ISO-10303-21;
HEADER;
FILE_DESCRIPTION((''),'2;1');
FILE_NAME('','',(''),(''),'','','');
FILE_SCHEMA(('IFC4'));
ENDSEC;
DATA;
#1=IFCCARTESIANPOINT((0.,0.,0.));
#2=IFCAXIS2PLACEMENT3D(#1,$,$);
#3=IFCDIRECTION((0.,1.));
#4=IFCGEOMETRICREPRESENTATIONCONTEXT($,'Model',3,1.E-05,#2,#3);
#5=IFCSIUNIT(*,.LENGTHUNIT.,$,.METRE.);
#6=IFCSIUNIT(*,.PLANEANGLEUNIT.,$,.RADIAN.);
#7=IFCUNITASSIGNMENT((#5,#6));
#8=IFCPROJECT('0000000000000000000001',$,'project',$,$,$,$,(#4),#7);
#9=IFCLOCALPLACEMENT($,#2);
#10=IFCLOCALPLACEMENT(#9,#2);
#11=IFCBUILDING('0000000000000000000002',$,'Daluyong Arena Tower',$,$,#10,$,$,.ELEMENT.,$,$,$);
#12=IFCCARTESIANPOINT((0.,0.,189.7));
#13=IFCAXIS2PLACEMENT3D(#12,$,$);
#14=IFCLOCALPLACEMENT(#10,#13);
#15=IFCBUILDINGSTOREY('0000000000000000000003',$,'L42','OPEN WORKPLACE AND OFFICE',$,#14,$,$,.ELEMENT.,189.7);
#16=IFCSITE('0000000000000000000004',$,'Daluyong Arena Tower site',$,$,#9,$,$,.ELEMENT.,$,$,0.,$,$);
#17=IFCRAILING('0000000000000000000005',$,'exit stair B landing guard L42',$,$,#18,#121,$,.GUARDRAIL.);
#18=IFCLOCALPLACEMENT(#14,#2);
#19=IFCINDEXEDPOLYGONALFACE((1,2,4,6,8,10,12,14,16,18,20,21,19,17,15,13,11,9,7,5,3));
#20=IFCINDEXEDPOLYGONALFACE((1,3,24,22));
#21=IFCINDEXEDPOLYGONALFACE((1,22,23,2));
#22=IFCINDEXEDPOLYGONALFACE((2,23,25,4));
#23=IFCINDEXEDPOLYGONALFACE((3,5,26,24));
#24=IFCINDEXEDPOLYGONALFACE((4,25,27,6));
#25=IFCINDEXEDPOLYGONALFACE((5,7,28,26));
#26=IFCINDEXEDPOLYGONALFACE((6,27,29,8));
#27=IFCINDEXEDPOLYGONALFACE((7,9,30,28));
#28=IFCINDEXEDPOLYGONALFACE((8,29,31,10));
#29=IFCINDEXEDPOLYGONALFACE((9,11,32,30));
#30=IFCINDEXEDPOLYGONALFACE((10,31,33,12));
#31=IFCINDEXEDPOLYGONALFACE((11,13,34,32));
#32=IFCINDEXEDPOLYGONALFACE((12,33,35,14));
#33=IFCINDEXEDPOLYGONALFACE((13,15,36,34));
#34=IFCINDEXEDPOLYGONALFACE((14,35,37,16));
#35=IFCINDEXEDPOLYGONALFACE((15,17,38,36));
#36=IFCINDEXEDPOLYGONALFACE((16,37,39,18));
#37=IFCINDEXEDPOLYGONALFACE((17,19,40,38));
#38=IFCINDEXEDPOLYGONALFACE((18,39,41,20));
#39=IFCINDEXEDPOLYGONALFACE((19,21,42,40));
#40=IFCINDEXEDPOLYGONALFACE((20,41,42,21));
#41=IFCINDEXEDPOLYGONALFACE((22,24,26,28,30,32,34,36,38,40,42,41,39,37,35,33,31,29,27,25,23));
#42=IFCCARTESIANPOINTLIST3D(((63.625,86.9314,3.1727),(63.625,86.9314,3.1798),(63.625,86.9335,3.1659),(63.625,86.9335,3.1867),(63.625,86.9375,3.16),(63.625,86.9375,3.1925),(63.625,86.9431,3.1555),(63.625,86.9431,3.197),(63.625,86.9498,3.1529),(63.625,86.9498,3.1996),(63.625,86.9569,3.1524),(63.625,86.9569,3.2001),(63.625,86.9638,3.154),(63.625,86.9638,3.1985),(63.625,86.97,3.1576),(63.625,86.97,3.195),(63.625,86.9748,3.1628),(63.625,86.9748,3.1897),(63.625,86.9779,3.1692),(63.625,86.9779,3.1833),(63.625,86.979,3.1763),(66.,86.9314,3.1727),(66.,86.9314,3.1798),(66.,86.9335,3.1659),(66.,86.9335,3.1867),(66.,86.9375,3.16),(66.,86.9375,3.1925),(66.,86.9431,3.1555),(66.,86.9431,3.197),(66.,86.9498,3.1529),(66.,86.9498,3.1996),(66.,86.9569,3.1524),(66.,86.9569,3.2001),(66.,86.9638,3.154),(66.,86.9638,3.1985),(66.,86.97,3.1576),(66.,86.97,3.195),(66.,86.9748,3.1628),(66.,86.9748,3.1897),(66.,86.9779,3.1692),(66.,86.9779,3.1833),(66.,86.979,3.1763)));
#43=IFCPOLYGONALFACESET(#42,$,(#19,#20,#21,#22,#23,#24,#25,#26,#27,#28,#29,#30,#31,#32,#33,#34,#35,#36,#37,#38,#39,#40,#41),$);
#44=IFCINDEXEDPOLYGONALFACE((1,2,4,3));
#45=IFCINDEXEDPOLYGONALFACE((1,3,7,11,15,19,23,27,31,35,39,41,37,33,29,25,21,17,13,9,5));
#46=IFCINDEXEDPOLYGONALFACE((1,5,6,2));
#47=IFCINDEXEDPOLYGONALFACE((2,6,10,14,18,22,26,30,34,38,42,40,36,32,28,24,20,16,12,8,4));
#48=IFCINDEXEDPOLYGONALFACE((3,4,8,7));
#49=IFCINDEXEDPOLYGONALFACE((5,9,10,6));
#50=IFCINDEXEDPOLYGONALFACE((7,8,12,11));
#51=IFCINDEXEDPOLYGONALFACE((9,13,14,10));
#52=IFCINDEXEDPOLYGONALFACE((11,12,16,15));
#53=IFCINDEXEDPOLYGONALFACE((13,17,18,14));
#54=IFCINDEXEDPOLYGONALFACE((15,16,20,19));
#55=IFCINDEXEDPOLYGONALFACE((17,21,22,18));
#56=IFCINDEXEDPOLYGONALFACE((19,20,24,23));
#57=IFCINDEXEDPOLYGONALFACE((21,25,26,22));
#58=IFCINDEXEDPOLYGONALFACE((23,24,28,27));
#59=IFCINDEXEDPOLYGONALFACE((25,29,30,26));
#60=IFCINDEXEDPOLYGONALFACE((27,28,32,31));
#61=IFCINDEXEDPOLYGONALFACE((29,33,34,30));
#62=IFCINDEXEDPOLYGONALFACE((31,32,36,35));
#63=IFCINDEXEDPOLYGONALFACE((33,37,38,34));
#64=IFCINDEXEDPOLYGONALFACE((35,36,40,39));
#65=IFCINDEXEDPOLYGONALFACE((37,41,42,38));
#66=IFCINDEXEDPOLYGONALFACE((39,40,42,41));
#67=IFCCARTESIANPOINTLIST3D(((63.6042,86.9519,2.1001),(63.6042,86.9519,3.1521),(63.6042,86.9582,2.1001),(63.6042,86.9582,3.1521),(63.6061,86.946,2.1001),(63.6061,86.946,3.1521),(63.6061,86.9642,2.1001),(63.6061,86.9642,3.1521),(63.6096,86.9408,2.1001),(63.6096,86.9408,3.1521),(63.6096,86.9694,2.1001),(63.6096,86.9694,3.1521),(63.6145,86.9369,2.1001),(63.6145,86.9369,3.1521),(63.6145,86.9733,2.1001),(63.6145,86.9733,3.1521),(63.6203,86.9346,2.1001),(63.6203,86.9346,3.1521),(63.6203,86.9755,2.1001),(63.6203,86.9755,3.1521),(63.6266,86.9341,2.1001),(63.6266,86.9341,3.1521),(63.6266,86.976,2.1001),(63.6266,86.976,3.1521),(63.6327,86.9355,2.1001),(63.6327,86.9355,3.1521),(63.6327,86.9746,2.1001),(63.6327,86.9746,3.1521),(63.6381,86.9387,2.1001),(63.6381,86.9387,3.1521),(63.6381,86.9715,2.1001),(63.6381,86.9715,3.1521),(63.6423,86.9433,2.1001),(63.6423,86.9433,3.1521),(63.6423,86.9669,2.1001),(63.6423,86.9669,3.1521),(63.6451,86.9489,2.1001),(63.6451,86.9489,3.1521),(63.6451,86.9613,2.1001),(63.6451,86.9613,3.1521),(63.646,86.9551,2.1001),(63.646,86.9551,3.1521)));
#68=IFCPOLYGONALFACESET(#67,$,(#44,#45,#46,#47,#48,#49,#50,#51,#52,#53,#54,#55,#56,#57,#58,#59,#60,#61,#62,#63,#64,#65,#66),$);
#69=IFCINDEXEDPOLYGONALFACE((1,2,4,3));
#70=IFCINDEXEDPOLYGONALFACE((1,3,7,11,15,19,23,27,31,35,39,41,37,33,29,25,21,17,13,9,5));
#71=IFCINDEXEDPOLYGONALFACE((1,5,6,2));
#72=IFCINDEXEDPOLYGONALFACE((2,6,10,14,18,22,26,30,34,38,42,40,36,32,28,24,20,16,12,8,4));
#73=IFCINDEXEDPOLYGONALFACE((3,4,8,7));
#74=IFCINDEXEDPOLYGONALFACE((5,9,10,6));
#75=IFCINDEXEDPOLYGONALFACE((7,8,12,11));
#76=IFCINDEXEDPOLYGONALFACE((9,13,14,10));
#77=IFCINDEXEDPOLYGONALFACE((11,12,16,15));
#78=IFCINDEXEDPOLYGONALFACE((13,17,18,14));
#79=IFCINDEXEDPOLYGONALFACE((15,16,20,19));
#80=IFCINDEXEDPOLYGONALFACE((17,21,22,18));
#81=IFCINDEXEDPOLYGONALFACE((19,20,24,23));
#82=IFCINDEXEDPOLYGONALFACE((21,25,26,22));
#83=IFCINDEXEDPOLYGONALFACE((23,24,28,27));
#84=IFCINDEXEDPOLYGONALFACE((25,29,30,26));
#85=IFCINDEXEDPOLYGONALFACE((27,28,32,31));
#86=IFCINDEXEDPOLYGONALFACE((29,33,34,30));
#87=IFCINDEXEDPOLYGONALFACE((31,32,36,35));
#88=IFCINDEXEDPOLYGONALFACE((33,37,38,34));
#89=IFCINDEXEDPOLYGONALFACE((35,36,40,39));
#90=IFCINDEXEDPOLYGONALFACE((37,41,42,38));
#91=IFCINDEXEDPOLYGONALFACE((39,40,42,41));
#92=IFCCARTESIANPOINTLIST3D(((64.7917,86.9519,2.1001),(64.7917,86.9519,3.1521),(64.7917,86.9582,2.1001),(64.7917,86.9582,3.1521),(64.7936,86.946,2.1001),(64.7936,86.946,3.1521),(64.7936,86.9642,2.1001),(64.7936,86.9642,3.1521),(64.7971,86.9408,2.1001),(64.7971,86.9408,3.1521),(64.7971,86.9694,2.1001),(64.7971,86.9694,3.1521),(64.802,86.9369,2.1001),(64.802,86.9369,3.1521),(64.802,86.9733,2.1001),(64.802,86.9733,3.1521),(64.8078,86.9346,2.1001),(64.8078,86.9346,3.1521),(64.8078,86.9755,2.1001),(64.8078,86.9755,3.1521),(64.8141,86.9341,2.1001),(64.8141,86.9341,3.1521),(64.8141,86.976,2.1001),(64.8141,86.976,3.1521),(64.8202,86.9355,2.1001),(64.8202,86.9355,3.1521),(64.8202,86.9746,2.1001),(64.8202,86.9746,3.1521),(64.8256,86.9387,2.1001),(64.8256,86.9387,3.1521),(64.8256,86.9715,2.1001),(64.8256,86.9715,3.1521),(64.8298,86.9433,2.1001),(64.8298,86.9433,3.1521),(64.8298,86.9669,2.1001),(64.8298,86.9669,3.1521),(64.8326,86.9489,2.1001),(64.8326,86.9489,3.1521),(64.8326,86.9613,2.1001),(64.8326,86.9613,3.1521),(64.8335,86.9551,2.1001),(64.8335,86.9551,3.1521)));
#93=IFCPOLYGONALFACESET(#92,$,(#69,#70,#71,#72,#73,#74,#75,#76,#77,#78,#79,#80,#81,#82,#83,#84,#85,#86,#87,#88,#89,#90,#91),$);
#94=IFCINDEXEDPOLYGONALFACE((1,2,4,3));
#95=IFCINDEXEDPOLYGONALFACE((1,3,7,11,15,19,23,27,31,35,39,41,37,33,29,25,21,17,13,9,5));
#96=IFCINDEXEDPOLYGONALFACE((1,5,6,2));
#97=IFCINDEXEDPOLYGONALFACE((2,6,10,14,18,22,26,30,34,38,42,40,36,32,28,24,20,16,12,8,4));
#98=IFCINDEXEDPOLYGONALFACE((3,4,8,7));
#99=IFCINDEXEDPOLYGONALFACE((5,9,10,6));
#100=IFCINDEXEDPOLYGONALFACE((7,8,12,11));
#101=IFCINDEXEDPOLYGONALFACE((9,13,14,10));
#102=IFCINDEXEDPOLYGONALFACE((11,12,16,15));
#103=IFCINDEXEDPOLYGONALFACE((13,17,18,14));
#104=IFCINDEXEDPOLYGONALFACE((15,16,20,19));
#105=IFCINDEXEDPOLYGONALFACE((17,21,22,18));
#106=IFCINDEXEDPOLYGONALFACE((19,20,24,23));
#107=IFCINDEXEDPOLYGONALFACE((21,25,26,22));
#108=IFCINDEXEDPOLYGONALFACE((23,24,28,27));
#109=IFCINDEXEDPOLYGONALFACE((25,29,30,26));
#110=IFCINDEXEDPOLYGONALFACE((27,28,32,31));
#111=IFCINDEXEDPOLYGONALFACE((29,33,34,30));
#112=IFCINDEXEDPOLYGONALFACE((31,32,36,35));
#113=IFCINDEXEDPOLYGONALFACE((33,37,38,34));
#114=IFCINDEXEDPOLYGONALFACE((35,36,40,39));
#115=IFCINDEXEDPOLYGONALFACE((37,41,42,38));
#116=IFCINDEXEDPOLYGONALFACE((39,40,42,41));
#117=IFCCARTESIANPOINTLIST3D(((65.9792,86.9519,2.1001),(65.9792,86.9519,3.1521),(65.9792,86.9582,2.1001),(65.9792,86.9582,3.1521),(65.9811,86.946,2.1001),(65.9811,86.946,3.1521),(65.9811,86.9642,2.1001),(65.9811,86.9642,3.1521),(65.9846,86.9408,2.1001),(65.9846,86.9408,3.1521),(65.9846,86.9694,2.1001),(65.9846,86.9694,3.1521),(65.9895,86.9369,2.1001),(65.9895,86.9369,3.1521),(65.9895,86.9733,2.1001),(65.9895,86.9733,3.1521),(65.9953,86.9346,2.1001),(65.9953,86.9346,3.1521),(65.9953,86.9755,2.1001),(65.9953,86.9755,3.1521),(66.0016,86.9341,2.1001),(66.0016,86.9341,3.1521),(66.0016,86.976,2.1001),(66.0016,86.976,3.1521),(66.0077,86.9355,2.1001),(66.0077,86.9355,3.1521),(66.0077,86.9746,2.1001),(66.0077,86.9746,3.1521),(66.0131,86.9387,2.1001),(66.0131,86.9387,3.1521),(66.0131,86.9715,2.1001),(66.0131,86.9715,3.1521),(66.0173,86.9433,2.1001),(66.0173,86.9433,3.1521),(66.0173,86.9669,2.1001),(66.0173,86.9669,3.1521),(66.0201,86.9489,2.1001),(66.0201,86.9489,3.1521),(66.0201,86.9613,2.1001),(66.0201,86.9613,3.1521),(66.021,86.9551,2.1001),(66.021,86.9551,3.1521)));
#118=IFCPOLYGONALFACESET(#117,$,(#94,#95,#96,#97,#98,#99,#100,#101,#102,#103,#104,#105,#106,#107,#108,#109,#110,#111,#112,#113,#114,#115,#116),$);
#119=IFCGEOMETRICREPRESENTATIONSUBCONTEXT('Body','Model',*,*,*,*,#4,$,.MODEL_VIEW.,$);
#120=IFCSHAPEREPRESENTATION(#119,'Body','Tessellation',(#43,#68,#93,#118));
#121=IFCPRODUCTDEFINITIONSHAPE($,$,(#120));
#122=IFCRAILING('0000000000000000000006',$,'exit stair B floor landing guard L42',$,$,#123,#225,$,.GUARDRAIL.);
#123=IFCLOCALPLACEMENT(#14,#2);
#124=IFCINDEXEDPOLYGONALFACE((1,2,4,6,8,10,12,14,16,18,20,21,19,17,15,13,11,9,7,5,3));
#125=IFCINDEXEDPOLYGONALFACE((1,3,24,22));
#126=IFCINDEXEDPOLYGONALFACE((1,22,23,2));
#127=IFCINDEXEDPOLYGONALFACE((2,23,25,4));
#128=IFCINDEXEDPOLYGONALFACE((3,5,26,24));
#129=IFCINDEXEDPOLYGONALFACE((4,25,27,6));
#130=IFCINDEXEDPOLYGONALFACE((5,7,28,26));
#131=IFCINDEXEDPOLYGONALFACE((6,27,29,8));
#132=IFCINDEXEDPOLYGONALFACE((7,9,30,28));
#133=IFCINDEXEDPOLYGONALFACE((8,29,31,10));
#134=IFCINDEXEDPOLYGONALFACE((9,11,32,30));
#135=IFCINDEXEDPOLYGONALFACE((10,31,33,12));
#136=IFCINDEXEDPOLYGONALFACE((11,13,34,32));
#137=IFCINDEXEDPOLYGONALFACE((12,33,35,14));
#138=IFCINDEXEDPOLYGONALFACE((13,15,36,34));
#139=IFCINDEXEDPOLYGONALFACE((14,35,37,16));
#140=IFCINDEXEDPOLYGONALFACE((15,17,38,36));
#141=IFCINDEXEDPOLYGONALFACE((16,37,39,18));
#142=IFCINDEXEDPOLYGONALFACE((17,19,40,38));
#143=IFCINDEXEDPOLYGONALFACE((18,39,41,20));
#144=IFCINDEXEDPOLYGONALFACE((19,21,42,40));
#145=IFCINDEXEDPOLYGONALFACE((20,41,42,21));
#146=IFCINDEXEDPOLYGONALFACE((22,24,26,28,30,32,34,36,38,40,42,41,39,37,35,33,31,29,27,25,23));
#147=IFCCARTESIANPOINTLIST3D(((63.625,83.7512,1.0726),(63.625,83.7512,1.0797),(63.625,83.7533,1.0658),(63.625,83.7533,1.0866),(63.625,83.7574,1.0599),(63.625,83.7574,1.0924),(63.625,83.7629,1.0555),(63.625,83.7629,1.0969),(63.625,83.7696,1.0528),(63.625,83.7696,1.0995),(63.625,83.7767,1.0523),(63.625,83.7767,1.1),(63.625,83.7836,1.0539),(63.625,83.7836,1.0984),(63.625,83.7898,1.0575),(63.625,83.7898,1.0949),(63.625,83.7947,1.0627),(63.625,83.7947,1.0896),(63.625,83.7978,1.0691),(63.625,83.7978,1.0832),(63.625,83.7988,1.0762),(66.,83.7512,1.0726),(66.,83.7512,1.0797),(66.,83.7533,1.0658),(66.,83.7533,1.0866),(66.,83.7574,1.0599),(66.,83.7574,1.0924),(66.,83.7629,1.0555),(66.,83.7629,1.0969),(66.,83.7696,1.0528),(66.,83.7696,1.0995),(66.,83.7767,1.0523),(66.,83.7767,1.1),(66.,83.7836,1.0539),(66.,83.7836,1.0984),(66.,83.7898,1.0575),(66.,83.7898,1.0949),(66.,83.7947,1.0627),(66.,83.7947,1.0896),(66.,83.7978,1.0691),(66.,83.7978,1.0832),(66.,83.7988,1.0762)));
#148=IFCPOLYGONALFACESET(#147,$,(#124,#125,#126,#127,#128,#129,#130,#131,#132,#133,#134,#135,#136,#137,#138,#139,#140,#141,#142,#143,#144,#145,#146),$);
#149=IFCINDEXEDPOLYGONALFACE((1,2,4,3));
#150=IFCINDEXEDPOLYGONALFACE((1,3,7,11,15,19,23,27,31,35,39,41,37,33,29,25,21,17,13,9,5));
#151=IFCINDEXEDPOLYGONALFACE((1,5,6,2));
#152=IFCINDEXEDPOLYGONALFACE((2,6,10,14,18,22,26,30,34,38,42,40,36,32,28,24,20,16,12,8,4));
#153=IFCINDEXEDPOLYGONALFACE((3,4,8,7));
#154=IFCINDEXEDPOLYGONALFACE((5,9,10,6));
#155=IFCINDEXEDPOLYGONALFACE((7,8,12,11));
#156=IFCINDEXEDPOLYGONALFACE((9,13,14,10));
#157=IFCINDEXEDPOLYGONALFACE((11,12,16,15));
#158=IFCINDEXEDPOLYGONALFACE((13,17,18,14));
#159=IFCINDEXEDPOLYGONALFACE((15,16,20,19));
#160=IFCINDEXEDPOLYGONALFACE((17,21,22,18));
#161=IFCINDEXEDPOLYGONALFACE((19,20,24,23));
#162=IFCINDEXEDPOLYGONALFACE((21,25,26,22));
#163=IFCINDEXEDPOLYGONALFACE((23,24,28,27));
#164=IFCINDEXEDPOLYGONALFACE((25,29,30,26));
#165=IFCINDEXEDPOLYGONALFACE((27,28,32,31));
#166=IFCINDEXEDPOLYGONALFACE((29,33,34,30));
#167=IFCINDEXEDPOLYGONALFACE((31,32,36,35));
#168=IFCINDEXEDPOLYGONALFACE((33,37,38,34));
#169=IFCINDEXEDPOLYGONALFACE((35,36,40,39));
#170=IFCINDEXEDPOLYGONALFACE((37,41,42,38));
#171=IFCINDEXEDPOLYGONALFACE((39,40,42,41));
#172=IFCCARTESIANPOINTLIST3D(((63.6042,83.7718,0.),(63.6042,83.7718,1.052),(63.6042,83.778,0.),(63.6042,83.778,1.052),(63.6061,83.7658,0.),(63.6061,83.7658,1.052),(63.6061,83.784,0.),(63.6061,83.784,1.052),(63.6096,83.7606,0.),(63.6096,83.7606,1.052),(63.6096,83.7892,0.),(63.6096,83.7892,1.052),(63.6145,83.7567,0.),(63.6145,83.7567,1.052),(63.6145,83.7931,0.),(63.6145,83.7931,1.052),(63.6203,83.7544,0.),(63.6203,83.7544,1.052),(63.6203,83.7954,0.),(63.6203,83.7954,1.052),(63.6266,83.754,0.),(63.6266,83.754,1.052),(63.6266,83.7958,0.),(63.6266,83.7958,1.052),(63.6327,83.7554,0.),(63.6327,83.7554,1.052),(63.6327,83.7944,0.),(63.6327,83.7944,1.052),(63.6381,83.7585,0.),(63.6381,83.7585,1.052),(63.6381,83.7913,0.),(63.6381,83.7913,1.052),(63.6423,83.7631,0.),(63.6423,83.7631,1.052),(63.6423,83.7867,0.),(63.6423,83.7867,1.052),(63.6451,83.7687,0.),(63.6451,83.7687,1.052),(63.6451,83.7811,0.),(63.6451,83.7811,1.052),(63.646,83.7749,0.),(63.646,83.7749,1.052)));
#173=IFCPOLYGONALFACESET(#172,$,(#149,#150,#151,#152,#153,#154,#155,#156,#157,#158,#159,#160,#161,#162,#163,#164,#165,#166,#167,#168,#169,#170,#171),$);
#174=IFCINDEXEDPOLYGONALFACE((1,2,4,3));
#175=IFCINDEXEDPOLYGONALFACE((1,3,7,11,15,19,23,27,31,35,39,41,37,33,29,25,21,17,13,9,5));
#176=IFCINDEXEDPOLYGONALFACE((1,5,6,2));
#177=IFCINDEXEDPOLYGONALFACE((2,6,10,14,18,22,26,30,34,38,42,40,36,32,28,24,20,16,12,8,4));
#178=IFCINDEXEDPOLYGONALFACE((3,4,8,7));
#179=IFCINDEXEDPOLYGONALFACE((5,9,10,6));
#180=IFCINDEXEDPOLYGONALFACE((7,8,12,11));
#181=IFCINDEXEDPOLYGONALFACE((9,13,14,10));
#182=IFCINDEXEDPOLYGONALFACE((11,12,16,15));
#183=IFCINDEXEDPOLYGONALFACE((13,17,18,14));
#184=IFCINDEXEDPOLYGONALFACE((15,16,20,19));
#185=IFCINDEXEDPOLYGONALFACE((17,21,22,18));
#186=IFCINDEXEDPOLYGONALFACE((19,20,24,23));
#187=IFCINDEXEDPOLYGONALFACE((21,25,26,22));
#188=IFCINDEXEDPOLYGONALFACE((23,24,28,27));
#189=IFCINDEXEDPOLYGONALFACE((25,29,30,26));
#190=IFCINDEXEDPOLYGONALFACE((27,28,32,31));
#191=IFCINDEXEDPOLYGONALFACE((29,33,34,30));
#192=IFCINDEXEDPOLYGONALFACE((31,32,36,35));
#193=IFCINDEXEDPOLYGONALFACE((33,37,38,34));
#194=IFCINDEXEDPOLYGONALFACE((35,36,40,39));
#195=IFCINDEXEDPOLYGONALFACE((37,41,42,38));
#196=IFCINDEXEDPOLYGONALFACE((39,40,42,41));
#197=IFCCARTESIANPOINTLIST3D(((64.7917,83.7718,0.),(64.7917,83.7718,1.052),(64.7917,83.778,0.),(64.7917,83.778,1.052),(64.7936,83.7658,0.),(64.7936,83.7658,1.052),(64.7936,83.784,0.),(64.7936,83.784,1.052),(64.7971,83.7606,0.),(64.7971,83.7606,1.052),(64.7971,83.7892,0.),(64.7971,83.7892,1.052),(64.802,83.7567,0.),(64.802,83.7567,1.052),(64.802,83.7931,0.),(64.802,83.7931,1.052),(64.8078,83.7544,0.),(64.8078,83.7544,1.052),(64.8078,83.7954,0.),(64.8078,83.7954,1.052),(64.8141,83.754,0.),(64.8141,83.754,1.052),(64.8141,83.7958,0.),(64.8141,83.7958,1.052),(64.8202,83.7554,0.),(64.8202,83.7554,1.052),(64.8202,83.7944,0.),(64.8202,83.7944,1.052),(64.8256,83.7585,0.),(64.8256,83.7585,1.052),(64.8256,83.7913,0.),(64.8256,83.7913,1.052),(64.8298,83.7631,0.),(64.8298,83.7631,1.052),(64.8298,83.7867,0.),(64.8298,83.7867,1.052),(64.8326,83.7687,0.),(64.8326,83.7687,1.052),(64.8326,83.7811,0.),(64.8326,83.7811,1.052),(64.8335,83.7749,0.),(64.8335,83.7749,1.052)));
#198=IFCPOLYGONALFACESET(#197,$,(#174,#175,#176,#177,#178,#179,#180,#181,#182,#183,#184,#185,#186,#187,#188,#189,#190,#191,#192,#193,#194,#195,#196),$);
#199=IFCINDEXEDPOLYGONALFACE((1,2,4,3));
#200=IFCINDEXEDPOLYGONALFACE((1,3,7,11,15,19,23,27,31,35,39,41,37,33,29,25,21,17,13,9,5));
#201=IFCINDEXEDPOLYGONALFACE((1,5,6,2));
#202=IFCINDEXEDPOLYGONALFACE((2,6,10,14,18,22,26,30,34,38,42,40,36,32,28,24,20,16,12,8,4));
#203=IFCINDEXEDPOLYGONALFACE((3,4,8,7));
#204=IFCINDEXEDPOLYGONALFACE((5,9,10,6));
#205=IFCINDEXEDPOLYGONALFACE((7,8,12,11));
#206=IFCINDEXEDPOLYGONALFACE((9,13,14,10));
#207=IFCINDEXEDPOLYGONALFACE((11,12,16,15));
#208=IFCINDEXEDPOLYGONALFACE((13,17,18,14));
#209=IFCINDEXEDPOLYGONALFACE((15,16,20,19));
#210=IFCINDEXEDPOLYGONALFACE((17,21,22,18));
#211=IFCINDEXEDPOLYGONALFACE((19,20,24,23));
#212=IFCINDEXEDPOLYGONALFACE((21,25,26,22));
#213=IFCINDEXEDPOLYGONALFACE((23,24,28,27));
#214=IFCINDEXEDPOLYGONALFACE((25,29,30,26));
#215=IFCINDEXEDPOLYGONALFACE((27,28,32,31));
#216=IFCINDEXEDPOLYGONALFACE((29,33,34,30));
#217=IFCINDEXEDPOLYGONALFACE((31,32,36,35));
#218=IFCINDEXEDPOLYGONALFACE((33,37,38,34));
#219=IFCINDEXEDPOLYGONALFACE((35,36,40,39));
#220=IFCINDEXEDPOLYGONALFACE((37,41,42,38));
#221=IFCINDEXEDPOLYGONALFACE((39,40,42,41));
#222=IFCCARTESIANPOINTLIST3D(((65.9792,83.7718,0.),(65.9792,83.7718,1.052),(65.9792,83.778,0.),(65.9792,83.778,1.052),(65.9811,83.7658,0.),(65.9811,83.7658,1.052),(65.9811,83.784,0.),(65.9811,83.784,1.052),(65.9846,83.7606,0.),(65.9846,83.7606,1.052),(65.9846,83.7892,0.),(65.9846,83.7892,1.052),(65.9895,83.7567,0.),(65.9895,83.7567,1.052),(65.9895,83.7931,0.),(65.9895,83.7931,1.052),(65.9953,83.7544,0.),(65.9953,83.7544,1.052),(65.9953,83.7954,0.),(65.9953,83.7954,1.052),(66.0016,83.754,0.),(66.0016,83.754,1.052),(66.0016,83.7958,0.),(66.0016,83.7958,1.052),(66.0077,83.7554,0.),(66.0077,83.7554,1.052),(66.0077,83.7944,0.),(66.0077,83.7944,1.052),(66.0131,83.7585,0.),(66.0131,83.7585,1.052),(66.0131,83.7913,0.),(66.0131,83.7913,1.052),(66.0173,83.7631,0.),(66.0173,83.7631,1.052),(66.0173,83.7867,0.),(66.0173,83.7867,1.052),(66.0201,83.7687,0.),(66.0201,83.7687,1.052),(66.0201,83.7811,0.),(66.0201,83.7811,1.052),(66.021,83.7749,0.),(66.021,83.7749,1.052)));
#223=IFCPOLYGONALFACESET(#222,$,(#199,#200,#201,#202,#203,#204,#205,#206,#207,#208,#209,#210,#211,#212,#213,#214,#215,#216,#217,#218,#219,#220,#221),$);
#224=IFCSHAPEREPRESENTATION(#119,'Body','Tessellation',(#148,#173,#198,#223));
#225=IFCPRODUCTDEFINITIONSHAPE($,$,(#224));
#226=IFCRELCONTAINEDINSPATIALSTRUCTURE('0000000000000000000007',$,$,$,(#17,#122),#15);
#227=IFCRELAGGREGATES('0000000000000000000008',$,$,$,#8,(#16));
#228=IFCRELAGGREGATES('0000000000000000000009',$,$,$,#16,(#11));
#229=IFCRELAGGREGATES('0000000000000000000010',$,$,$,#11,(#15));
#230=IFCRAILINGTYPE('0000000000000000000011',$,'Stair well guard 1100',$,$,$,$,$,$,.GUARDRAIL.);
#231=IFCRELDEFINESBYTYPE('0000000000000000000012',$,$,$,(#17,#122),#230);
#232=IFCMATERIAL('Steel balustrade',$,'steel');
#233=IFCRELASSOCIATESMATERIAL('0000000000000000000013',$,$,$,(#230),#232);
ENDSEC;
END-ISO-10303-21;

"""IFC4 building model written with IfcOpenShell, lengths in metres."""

from ifc_helpers import new_model, si_unit, direction, frame, origin, origin_2d, place, context, subcontext, project, spatial, circle, extrude, material, type_object, element, save


model = new_model("IFC4")

# Units and contexts
model_context = context("Model", 3, precision=1e-05, world=origin(), true_north=direction((0.0, 1.0)))
body_context = subcontext(model_context, "Body", "Model", "MODEL_VIEW")
ifc_project = project(units=[si_unit("LENGTHUNIT", "METRE"), si_unit("PLANEANGLEUNIT", "RADIAN")], contexts=[model_context])

# Site, building, storey
site_placement = place(None, origin())
site = spatial("IfcSite", under=ifc_project, at=site_placement, Name="Daluyong Arena Tower site", CompositionType="ELEMENT", RefElevation=0.0)
building_placement = place(site_placement, origin())
building = spatial("IfcBuilding", under=site, at=building_placement, Name="Daluyong Arena Tower", CompositionType="ELEMENT")
storey_placement = place(building_placement, frame((0.0, 0.0, 189.7)))
storey = spatial("IfcBuildingStorey", under=building, at=storey_placement, Name="L42", Description="OPEN WORKPLACE AND OFFICE", CompositionType="ELEMENT", Elevation=189.7)

# Railings
ifc_material_1 = material(Name="Steel balustrade", Category="steel")
railing_type_1 = type_object("IfcRailingType", Name="Stair well guard 1100", PredefinedType="GUARDRAIL", material=ifc_material_1)
for number, where, name in (
    (1, (63.625, 86.9551, 2.1001), "exit stair B landing guard L42"),
    (2, (63.625, 83.7749, 0.0), "exit stair B floor landing guard L42"),
):
    element("IfcRailing", number, at=place(storey_placement, frame(where)), inside=storey, type_object=railing_type_1, Name=name, PredefinedType="GUARDRAIL", context=body_context, shape_type="SweptSolid", body=[
        extrude(circle(Radius=0.0239, at=origin_2d()), frame((0.0, 0.0, 1.0762), z_axis=(1.0, 0.0, 0.0), x_axis=(0.0, 1.0, 0.0)), (0.0, 0.0, 1.0), 2.375),
        extrude(circle(Radius=0.021, at=origin_2d()), origin(), (0.0, 0.0, 1.0), 1.052),
        extrude(circle(Radius=0.021, at=origin_2d()), frame((1.1875, 0.0, 0.0)), (0.0, 0.0, 1.0), 1.052),
        extrude(circle(Radius=0.021, at=origin_2d()), frame((2.375, 0.0, 0.0)), (0.0, 0.0, 1.0), 1.052),
    ])

save(model, "model.ifc")
